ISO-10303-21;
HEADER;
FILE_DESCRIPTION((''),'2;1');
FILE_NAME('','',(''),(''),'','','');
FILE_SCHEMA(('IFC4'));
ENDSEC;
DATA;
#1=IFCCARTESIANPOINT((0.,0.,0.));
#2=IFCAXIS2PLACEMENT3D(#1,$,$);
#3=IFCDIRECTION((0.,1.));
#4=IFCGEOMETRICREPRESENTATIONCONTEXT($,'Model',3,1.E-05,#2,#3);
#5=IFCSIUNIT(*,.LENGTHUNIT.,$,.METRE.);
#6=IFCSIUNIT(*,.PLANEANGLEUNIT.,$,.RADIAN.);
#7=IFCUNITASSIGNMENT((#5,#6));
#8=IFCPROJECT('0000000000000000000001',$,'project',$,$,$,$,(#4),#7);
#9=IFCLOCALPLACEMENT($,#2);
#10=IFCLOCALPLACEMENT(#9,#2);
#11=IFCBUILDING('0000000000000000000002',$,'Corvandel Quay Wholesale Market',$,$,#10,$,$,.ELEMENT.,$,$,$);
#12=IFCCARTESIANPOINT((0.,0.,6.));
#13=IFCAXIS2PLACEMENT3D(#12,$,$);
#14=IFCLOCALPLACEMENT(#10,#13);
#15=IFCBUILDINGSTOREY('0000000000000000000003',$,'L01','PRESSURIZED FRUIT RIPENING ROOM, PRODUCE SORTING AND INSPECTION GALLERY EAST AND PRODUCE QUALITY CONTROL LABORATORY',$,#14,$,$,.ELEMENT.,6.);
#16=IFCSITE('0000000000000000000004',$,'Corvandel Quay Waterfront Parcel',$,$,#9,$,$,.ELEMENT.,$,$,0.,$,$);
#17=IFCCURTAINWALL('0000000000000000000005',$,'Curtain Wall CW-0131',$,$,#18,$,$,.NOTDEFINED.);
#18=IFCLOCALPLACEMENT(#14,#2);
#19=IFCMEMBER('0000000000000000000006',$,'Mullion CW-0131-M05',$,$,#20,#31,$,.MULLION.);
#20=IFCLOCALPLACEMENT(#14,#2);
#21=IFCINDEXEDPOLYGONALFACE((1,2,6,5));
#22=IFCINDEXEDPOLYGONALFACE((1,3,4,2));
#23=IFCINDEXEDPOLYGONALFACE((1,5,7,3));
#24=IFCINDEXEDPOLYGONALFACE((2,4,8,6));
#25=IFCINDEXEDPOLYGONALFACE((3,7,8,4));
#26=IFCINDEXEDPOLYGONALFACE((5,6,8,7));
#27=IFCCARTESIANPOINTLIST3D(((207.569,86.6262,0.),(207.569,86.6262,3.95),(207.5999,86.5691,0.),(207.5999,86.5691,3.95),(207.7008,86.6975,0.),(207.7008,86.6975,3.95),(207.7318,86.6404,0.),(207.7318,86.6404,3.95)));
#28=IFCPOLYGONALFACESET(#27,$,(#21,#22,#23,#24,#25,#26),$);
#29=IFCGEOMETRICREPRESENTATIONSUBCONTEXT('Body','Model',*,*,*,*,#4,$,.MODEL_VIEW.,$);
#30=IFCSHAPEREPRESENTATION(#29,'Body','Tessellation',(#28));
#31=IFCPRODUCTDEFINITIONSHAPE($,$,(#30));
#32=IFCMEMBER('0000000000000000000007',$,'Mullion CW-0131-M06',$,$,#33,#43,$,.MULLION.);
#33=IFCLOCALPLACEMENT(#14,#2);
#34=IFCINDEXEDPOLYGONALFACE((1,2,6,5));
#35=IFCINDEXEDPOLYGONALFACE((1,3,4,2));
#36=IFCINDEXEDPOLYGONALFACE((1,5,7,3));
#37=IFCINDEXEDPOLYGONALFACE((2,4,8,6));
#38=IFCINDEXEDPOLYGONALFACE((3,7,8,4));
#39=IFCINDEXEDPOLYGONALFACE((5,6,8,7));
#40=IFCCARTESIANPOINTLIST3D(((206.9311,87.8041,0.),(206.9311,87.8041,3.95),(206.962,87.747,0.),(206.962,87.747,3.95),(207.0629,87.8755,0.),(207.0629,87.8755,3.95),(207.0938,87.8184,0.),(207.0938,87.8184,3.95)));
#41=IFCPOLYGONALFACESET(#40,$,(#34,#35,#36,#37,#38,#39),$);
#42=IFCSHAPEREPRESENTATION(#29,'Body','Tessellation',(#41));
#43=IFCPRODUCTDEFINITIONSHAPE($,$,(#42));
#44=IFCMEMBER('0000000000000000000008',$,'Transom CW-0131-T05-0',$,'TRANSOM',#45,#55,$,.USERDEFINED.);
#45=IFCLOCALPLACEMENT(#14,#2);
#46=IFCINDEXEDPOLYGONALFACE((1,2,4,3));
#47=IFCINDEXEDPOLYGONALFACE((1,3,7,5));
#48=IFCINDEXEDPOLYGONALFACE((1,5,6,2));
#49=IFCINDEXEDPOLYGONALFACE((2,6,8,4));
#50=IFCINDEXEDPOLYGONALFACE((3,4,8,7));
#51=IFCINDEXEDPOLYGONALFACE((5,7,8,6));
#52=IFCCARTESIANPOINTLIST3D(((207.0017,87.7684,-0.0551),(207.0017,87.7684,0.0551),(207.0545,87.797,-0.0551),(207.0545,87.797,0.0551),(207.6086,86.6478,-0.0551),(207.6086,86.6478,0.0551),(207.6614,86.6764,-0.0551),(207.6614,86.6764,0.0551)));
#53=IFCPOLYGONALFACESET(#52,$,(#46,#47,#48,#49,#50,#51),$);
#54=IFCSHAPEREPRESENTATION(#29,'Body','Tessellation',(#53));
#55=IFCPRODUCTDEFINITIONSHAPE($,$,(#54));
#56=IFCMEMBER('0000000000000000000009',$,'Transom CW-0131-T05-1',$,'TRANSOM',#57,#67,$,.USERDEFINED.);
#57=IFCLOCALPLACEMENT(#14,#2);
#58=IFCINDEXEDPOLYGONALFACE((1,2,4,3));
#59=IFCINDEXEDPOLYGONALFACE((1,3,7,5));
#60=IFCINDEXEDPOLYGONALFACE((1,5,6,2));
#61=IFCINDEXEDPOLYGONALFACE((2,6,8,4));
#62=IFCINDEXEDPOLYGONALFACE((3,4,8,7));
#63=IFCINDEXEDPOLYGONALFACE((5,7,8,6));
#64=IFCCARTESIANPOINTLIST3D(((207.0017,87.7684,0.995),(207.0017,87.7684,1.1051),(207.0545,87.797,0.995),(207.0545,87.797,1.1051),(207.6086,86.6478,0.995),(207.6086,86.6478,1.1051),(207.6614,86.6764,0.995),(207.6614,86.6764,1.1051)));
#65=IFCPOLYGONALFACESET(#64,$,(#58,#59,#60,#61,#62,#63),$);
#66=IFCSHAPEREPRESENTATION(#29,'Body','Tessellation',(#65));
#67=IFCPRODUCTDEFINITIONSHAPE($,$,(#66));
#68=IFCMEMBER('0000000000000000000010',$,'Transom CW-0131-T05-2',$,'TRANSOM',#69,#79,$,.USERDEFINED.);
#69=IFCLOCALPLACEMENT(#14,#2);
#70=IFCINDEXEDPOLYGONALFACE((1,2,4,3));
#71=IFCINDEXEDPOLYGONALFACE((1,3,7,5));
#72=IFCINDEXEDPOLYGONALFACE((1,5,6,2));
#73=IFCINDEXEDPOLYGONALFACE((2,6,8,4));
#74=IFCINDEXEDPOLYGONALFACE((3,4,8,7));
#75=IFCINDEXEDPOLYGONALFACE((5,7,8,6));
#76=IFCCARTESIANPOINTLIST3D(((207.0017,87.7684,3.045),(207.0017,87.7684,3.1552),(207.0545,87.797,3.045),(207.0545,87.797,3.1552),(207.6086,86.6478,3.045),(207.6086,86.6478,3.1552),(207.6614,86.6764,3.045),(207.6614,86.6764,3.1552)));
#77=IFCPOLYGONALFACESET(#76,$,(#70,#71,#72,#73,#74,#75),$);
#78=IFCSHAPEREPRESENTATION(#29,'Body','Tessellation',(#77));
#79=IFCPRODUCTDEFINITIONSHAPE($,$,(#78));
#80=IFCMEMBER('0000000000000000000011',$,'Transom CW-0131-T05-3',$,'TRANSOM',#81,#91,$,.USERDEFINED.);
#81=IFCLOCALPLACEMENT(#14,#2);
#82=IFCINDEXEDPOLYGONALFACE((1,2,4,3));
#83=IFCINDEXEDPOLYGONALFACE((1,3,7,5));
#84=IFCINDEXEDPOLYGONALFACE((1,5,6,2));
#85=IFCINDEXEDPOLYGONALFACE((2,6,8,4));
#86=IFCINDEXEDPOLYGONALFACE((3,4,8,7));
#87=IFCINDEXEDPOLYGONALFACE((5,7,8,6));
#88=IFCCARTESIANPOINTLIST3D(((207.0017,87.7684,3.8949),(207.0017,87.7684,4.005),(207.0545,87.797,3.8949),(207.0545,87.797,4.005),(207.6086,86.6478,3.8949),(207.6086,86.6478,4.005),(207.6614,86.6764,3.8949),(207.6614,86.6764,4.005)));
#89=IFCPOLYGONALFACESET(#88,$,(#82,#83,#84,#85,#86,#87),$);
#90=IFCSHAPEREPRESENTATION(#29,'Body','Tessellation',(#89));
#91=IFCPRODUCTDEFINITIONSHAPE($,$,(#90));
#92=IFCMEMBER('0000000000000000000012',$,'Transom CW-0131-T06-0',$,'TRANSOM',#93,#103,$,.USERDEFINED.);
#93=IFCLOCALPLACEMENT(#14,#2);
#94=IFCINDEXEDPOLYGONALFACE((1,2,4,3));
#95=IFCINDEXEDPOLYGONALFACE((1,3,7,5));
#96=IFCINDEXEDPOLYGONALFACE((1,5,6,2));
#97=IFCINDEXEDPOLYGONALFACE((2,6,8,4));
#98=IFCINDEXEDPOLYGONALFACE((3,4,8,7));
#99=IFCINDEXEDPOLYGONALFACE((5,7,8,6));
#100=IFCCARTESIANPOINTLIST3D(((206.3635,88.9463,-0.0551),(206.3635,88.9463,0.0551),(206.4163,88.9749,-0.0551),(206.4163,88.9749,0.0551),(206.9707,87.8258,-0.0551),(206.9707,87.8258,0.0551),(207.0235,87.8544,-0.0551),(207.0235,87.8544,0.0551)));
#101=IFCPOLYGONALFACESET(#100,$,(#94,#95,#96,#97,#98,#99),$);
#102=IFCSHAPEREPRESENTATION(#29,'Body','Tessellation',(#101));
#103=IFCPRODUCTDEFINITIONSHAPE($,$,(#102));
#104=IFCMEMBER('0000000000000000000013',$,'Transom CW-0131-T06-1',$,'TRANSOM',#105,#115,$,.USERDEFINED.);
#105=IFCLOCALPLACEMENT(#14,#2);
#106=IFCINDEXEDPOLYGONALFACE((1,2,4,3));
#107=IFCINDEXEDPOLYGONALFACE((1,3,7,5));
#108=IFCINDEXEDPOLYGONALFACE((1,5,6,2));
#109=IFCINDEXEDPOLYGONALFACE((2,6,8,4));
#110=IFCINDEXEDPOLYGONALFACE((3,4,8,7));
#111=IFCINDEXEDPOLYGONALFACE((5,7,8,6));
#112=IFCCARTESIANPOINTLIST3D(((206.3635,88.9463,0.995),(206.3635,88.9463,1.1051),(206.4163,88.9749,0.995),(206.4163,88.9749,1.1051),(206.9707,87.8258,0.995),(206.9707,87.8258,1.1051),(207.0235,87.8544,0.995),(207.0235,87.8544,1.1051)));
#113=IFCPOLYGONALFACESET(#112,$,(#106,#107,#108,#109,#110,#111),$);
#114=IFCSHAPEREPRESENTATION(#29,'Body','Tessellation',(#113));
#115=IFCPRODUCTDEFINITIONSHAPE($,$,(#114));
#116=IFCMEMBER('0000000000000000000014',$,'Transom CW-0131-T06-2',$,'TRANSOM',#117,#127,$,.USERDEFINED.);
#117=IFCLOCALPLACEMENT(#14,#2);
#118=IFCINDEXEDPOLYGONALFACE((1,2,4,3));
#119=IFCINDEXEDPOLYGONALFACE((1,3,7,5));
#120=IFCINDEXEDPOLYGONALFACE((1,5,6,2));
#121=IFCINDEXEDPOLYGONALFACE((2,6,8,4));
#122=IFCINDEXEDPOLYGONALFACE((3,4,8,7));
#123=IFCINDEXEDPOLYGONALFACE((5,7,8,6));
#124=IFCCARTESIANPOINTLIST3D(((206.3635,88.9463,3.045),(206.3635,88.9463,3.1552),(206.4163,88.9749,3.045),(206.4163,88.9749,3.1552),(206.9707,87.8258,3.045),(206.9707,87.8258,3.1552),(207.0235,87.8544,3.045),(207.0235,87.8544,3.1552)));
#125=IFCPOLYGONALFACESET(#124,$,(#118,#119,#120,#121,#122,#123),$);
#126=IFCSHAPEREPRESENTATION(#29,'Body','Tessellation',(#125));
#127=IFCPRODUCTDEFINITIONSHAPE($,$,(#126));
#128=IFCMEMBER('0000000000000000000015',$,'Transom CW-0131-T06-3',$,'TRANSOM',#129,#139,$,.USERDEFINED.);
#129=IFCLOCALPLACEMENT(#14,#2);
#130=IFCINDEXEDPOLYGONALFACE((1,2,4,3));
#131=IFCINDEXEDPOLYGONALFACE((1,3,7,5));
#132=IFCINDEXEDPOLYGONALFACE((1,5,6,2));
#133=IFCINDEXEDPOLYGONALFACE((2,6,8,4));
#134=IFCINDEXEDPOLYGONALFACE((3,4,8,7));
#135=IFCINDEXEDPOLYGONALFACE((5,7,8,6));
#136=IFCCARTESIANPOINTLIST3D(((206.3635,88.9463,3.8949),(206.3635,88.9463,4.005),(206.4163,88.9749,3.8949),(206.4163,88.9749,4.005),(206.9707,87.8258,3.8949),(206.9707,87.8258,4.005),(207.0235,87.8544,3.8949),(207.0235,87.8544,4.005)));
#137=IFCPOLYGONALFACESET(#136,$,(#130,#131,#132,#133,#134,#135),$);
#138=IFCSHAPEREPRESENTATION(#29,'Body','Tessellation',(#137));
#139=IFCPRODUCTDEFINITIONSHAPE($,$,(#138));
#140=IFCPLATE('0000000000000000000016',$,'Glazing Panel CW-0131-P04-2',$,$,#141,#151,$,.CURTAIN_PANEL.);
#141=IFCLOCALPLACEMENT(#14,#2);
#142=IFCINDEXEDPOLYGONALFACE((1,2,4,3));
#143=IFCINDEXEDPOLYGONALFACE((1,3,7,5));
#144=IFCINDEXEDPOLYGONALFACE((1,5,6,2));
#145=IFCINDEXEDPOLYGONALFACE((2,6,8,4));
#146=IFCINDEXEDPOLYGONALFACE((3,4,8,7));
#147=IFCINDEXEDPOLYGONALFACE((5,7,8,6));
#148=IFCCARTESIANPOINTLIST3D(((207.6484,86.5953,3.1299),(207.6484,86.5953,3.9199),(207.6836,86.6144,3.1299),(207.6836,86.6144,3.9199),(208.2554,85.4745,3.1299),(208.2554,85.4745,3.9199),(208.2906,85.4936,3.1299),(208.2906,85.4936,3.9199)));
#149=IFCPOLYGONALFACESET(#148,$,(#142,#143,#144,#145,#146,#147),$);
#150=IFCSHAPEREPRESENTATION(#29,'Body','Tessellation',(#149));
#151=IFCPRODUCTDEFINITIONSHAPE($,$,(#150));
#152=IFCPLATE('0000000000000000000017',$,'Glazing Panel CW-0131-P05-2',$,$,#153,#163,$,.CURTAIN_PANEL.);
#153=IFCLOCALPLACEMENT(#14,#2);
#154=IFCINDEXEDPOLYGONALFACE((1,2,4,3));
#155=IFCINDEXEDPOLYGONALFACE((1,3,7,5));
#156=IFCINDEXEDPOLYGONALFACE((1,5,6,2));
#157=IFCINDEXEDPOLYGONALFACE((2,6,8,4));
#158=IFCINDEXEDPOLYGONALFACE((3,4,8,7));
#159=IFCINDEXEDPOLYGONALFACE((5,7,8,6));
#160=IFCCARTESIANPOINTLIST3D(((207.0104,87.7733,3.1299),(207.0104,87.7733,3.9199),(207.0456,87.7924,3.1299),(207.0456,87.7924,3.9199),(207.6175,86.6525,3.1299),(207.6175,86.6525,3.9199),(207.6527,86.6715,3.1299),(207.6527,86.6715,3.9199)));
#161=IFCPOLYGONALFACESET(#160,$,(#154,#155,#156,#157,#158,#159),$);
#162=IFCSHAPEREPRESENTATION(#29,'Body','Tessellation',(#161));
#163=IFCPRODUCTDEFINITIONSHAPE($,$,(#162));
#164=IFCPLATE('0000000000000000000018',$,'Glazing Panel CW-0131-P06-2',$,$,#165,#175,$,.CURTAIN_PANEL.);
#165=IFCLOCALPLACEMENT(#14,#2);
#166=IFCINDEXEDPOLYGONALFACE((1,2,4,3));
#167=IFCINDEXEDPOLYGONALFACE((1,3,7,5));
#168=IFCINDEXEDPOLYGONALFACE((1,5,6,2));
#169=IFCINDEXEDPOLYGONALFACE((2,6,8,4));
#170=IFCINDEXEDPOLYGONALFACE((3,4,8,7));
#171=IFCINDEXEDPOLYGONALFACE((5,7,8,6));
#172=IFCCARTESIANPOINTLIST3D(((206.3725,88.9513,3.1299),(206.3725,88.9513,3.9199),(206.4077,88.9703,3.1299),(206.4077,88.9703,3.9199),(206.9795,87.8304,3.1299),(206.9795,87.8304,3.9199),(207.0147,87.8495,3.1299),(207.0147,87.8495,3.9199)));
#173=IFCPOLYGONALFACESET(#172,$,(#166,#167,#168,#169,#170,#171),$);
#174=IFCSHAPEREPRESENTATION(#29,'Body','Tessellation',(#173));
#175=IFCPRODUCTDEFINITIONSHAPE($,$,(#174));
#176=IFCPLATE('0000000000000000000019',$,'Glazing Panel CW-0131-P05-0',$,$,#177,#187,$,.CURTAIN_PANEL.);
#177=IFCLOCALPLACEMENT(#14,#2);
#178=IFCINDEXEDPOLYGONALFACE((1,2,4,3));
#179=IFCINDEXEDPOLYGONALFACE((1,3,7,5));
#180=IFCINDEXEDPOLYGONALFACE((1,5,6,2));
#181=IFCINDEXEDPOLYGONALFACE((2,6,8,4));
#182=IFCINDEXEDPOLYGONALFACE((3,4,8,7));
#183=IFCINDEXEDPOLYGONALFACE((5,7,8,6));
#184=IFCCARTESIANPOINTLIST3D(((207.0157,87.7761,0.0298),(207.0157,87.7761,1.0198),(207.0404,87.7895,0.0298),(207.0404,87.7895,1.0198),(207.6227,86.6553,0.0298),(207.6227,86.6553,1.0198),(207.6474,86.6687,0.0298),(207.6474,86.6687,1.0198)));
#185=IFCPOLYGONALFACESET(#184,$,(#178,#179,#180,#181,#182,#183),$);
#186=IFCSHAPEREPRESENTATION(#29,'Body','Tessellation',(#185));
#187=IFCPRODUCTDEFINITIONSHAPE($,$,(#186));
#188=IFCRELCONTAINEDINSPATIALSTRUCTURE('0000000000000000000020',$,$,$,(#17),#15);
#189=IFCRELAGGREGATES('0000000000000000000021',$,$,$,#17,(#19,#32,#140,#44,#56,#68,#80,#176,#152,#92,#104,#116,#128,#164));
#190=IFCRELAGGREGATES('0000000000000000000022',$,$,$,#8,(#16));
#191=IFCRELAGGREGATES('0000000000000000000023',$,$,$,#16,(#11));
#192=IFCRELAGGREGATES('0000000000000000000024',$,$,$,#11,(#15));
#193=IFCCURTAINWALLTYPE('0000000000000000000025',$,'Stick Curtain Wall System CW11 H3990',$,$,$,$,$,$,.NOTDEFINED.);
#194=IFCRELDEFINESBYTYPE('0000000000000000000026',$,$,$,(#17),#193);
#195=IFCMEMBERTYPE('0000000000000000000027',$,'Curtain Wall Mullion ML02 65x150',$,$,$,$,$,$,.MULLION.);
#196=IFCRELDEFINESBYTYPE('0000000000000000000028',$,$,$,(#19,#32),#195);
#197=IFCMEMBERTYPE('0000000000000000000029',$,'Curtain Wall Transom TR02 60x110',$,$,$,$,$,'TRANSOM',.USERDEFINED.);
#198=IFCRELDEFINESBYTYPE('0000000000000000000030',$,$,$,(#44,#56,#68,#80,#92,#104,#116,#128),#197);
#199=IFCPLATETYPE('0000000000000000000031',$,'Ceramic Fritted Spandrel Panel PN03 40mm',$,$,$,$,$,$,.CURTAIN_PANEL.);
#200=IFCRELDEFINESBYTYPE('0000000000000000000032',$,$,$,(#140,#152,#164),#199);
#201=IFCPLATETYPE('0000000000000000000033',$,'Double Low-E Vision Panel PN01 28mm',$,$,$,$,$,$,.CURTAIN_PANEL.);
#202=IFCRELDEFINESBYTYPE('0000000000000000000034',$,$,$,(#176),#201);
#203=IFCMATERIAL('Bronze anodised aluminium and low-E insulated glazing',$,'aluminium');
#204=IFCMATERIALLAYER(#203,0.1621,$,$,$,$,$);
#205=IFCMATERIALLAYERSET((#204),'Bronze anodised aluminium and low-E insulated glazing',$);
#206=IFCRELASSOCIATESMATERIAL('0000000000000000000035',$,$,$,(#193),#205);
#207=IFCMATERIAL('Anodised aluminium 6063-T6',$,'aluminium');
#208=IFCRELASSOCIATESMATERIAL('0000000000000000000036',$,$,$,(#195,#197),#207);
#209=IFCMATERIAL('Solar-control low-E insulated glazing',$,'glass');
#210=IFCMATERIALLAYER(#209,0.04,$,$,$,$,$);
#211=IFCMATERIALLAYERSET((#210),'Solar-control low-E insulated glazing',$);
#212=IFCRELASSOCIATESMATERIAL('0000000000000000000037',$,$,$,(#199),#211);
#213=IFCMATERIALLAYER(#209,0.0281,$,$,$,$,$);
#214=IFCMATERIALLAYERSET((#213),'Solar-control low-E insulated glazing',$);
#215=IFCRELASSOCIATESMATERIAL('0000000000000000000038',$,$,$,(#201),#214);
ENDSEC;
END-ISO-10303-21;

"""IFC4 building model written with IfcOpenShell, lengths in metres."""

from ifc_helpers import new_model, si_unit, direction, frame, origin, origin_2d, place, context, subcontext, project, spatial, rectangle, extrude, material, layer, layer_set, material_profile, profile_set, type_object, element, aggregate, save


model = new_model("IFC4")

# Units and contexts
model_context = context("Model", 3, precision=1e-05, world=origin(), true_north=direction((0.0, 1.0)))
body_context = subcontext(model_context, "Body", "Model", "MODEL_VIEW")
ifc_project = project(units=[si_unit("LENGTHUNIT", "METRE"), si_unit("PLANEANGLEUNIT", "RADIAN")], contexts=[model_context])

# Site, building, storey
site_placement = place(None, origin())
site = spatial("IfcSite", under=ifc_project, at=site_placement, Name="Corvandel Quay Waterfront Parcel", CompositionType="ELEMENT", RefElevation=0.0)
building_placement = place(site_placement, origin())
building = spatial("IfcBuilding", under=site, at=building_placement, Name="Corvandel Quay Wholesale Market", CompositionType="ELEMENT")
storey_placement = place(building_placement, frame((0.0, 0.0, 6.0)))
storey = spatial("IfcBuildingStorey", under=building, at=storey_placement, Name="L01", Description="PRESSURIZED FRUIT RIPENING ROOM, PRODUCE SORTING AND INSPECTION GALLERY EAST AND PRODUCE QUALITY CONTROL LABORATORY", CompositionType="ELEMENT", Elevation=6.0)

# Curtain wall, members, plates
ifc_material_1 = material(Name="Bronze anodised aluminium and low-E insulated glazing", Category="aluminium")
ifc_layer_1 = layer(ifc_material_1, 0.1621)
ifc_layer_set_1 = layer_set([ifc_layer_1], Name="Bronze anodised aluminium and low-E insulated glazing")
curtain_wall_type = type_object("IfcCurtainWallType", Name="Stick Curtain Wall System CW11 H3990", PredefinedType="NOTDEFINED", material=ifc_layer_set_1)
curtain_wall_placement = place(storey_placement, origin())
curtain_wall = element("IfcCurtainWall", 1, at=curtain_wall_placement, inside=storey, type_object=curtain_wall_type, Name="Curtain Wall CW-0131", PredefinedType="NOTDEFINED")
ifc_material_2 = material(Name="Anodised aluminium 6063-T6", Category="aluminium")
ifc_material_profile_1 = material_profile(ifc_material_2, rectangle(XDim=0.0649, YDim=0.1499, at=origin_2d()), Name="ALU-MUL-65x150")
ifc_profile_set_1 = profile_set([ifc_material_profile_1], Name="Anodised aluminium 6063-T6")
member_type_1 = type_object("IfcMemberType", Name="Curtain Wall Mullion ML02 65x150", PredefinedType="MULLION", material=ifc_profile_set_1)
member_1_placement = place(storey_placement, frame((207.6504, 86.6333, 0.0), z_axis=(0.0, 0.0, 1.0), x_axis=(-0.476238, 0.879316, 0.0)))
member_1 = element("IfcMember", 2, at=member_1_placement, type_object=member_type_1, Name="Mullion CW-0131-M05", PredefinedType="MULLION", context=body_context, shape_type="SweptSolid", body=[
    extrude(rectangle(XDim=0.0649, YDim=0.1499, at=origin_2d()), origin(), (0.0, 0.0, 1.0), 3.95),
])
member_2_placement = place(storey_placement, frame((207.0125, 87.8113, 0.0), z_axis=(0.0, 0.0, 1.0), x_axis=(-0.476238, 0.879316, 0.0)))
member_2 = element("IfcMember", 3, at=member_2_placement, type_object=member_type_1, Name="Mullion CW-0131-M06", PredefinedType="MULLION", context=body_context, shape_type="SweptSolid", body=[
    extrude(rectangle(XDim=0.0649, YDim=0.1499, at=origin_2d()), origin(), (0.0, 0.0, 1.0), 3.95),
])
ifc_material_profile_2 = material_profile(ifc_material_2, rectangle(XDim=0.0601, YDim=0.1101, at=origin_2d()), Name="ALU-TRN-60x110")
ifc_profile_set_2 = profile_set([ifc_material_profile_2], Name="Anodised aluminium 6063-T6")
member_type_2 = type_object("IfcMemberType", Name="Curtain Wall Transom TR02 60x110", ElementType="TRANSOM", PredefinedType="USERDEFINED", material=ifc_profile_set_2)
member_3_placement = place(storey_placement, frame((207.635, 86.6621, 0.0), z_axis=(-0.476246, 0.879312, 0.0), x_axis=(-0.879312, -0.476246, 0.0)))
member_3 = element("IfcMember", 4, at=member_3_placement, type_object=member_type_2, Name="Transom CW-0131-T05-0", ObjectType="TRANSOM", PredefinedType="USERDEFINED", context=body_context, shape_type="SweptSolid", body=[
    extrude(rectangle(XDim=0.0601, YDim=0.1101, at=origin_2d()), origin(), (0.0, 0.0, 1.0), 1.2744),
])
member_4_placement = place(storey_placement, frame((207.635, 86.6621, 1.05), z_axis=(-0.476246, 0.879312, 0.0), x_axis=(-0.879312, -0.476246, 0.0)))
member_4 = element("IfcMember", 5, at=member_4_placement, type_object=member_type_2, Name="Transom CW-0131-T05-1", ObjectType="TRANSOM", PredefinedType="USERDEFINED", context=body_context, shape_type="SweptSolid", body=[
    extrude(rectangle(XDim=0.0601, YDim=0.1101, at=origin_2d()), origin(), (0.0, 0.0, 1.0), 1.2744),
])
member_5_placement = place(storey_placement, frame((207.635, 86.6621, 3.1001), z_axis=(-0.476246, 0.879312, 0.0), x_axis=(-0.879312, -0.476246, 0.0)))
member_5 = element("IfcMember", 6, at=member_5_placement, type_object=member_type_2, Name="Transom CW-0131-T05-2", ObjectType="TRANSOM", PredefinedType="USERDEFINED", context=body_context, shape_type="SweptSolid", body=[
    extrude(rectangle(XDim=0.0601, YDim=0.1101, at=origin_2d()), origin(), (0.0, 0.0, 1.0), 1.2744),
])
member_6_placement = place(storey_placement, frame((207.635, 86.6621, 3.95), z_axis=(-0.476246, 0.879312, 0.0), x_axis=(-0.879312, -0.476246, 0.0)))
member_6 = element("IfcMember", 7, at=member_6_placement, type_object=member_type_2, Name="Transom CW-0131-T05-3", ObjectType="TRANSOM", PredefinedType="USERDEFINED", context=body_context, shape_type="SweptSolid", body=[
    extrude(rectangle(XDim=0.0601, YDim=0.1101, at=origin_2d()), origin(), (0.0, 0.0, 1.0), 1.2744),
])
member_7_placement = place(storey_placement, frame((206.9971, 87.8401, 0.0), z_axis=(-0.476394, 0.879232, 0.0), x_axis=(-0.879232, -0.476394, 0.0)))
member_7 = element("IfcMember", 8, at=member_7_placement, type_object=member_type_2, Name="Transom CW-0131-T06-0", ObjectType="TRANSOM", PredefinedType="USERDEFINED", context=body_context, shape_type="SweptSolid", body=[
    extrude(rectangle(XDim=0.0601, YDim=0.1101, at=origin_2d()), origin(), (0.0, 0.0, 1.0), 1.2744),
])
member_8_placement = place(storey_placement, frame((206.9971, 87.8401, 1.05), z_axis=(-0.476394, 0.879232, 0.0), x_axis=(-0.879232, -0.476394, 0.0)))
member_8 = element("IfcMember", 9, at=member_8_placement, type_object=member_type_2, Name="Transom CW-0131-T06-1", ObjectType="TRANSOM", PredefinedType="USERDEFINED", context=body_context, shape_type="SweptSolid", body=[
    extrude(rectangle(XDim=0.0601, YDim=0.1101, at=origin_2d()), origin(), (0.0, 0.0, 1.0), 1.2744),
])
member_9_placement = place(storey_placement, frame((206.9971, 87.8401, 3.1001), z_axis=(-0.476394, 0.879232, 0.0), x_axis=(-0.879232, -0.476394, 0.0)))
member_9 = element("IfcMember", 10, at=member_9_placement, type_object=member_type_2, Name="Transom CW-0131-T06-2", ObjectType="TRANSOM", PredefinedType="USERDEFINED", context=body_context, shape_type="SweptSolid", body=[
    extrude(rectangle(XDim=0.0601, YDim=0.1101, at=origin_2d()), origin(), (0.0, 0.0, 1.0), 1.2744),
])
member_10_placement = place(storey_placement, frame((206.9971, 87.8401, 3.95), z_axis=(-0.476394, 0.879232, 0.0), x_axis=(-0.879232, -0.476394, 0.0)))
member_10 = element("IfcMember", 11, at=member_10_placement, type_object=member_type_2, Name="Transom CW-0131-T06-3", ObjectType="TRANSOM", PredefinedType="USERDEFINED", context=body_context, shape_type="SweptSolid", body=[
    extrude(rectangle(XDim=0.0601, YDim=0.1101, at=origin_2d()), origin(), (0.0, 0.0, 1.0), 1.2744),
])
ifc_material_3 = material(Name="Solar-control low-E insulated glazing", Category="glass")
ifc_layer_2 = layer(ifc_material_3, 0.04)
ifc_layer_set_2 = layer_set([ifc_layer_2], Name="Solar-control low-E insulated glazing")
plate_type_1 = type_object("IfcPlateType", Name="Ceramic Fritted Spandrel Panel PN03 40mm", PredefinedType="CURTAIN_PANEL", material=ifc_layer_set_2)
plate_1_placement = place(storey_placement, frame((207.9695, 86.0444, 3.1299), z_axis=(0.0, 0.0, 1.0), x_axis=(-0.476238, 0.879316, 0.0)))
plate_1 = element("IfcPlate", 12, at=plate_1_placement, type_object=plate_type_1, Name="Glazing Panel CW-0131-P04-2", PredefinedType="CURTAIN_PANEL", context=body_context, shape_type="SweptSolid", body=[
    extrude(rectangle(XDim=1.2747, YDim=0.04, at=origin_2d()), origin(), (0.0, 0.0, 1.0), 0.79),
])
plate_2_placement = place(storey_placement, frame((207.3315, 87.2224, 3.1299), z_axis=(0.0, 0.0, 1.0), x_axis=(-0.476238, 0.879316, 0.0)))
plate_2 = element("IfcPlate", 13, at=plate_2_placement, type_object=plate_type_1, Name="Glazing Panel CW-0131-P05-2", PredefinedType="CURTAIN_PANEL", context=body_context, shape_type="SweptSolid", body=[
    extrude(rectangle(XDim=1.2747, YDim=0.04, at=origin_2d()), origin(), (0.0, 0.0, 1.0), 0.79),
])
plate_3_placement = place(storey_placement, frame((206.6936, 88.4004, 3.1299), z_axis=(0.0, 0.0, 1.0), x_axis=(-0.476238, 0.879316, 0.0)))
plate_3 = element("IfcPlate", 14, at=plate_3_placement, type_object=plate_type_1, Name="Glazing Panel CW-0131-P06-2", PredefinedType="CURTAIN_PANEL", context=body_context, shape_type="SweptSolid", body=[
    extrude(rectangle(XDim=1.2747, YDim=0.04, at=origin_2d()), origin(), (0.0, 0.0, 1.0), 0.79),
])
ifc_layer_3 = layer(ifc_material_3, 0.0281)
ifc_layer_set_3 = layer_set([ifc_layer_3], Name="Solar-control low-E insulated glazing")
plate_type_2 = type_object("IfcPlateType", Name="Double Low-E Vision Panel PN01 28mm", PredefinedType="CURTAIN_PANEL", material=ifc_layer_set_3)
plate_4_placement = place(storey_placement, frame((207.3315, 87.2224, 0.0298), z_axis=(0.0, 0.0, 1.0), x_axis=(-0.476238, 0.879316, 0.0)))
plate_4 = element("IfcPlate", 15, at=plate_4_placement, type_object=plate_type_2, Name="Glazing Panel CW-0131-P05-0", PredefinedType="CURTAIN_PANEL", context=body_context, shape_type="SweptSolid", body=[
    extrude(rectangle(XDim=1.2747, YDim=0.0281, at=origin_2d()), origin(), (0.0, 0.0, 1.0), 0.99),
])
aggregate(curtain_wall, [member_1, member_2, plate_1, member_3, member_4, member_5, member_6, plate_4, plate_2, member_7, member_8, member_9, member_10, plate_3])

save(model, "model.ifc")
